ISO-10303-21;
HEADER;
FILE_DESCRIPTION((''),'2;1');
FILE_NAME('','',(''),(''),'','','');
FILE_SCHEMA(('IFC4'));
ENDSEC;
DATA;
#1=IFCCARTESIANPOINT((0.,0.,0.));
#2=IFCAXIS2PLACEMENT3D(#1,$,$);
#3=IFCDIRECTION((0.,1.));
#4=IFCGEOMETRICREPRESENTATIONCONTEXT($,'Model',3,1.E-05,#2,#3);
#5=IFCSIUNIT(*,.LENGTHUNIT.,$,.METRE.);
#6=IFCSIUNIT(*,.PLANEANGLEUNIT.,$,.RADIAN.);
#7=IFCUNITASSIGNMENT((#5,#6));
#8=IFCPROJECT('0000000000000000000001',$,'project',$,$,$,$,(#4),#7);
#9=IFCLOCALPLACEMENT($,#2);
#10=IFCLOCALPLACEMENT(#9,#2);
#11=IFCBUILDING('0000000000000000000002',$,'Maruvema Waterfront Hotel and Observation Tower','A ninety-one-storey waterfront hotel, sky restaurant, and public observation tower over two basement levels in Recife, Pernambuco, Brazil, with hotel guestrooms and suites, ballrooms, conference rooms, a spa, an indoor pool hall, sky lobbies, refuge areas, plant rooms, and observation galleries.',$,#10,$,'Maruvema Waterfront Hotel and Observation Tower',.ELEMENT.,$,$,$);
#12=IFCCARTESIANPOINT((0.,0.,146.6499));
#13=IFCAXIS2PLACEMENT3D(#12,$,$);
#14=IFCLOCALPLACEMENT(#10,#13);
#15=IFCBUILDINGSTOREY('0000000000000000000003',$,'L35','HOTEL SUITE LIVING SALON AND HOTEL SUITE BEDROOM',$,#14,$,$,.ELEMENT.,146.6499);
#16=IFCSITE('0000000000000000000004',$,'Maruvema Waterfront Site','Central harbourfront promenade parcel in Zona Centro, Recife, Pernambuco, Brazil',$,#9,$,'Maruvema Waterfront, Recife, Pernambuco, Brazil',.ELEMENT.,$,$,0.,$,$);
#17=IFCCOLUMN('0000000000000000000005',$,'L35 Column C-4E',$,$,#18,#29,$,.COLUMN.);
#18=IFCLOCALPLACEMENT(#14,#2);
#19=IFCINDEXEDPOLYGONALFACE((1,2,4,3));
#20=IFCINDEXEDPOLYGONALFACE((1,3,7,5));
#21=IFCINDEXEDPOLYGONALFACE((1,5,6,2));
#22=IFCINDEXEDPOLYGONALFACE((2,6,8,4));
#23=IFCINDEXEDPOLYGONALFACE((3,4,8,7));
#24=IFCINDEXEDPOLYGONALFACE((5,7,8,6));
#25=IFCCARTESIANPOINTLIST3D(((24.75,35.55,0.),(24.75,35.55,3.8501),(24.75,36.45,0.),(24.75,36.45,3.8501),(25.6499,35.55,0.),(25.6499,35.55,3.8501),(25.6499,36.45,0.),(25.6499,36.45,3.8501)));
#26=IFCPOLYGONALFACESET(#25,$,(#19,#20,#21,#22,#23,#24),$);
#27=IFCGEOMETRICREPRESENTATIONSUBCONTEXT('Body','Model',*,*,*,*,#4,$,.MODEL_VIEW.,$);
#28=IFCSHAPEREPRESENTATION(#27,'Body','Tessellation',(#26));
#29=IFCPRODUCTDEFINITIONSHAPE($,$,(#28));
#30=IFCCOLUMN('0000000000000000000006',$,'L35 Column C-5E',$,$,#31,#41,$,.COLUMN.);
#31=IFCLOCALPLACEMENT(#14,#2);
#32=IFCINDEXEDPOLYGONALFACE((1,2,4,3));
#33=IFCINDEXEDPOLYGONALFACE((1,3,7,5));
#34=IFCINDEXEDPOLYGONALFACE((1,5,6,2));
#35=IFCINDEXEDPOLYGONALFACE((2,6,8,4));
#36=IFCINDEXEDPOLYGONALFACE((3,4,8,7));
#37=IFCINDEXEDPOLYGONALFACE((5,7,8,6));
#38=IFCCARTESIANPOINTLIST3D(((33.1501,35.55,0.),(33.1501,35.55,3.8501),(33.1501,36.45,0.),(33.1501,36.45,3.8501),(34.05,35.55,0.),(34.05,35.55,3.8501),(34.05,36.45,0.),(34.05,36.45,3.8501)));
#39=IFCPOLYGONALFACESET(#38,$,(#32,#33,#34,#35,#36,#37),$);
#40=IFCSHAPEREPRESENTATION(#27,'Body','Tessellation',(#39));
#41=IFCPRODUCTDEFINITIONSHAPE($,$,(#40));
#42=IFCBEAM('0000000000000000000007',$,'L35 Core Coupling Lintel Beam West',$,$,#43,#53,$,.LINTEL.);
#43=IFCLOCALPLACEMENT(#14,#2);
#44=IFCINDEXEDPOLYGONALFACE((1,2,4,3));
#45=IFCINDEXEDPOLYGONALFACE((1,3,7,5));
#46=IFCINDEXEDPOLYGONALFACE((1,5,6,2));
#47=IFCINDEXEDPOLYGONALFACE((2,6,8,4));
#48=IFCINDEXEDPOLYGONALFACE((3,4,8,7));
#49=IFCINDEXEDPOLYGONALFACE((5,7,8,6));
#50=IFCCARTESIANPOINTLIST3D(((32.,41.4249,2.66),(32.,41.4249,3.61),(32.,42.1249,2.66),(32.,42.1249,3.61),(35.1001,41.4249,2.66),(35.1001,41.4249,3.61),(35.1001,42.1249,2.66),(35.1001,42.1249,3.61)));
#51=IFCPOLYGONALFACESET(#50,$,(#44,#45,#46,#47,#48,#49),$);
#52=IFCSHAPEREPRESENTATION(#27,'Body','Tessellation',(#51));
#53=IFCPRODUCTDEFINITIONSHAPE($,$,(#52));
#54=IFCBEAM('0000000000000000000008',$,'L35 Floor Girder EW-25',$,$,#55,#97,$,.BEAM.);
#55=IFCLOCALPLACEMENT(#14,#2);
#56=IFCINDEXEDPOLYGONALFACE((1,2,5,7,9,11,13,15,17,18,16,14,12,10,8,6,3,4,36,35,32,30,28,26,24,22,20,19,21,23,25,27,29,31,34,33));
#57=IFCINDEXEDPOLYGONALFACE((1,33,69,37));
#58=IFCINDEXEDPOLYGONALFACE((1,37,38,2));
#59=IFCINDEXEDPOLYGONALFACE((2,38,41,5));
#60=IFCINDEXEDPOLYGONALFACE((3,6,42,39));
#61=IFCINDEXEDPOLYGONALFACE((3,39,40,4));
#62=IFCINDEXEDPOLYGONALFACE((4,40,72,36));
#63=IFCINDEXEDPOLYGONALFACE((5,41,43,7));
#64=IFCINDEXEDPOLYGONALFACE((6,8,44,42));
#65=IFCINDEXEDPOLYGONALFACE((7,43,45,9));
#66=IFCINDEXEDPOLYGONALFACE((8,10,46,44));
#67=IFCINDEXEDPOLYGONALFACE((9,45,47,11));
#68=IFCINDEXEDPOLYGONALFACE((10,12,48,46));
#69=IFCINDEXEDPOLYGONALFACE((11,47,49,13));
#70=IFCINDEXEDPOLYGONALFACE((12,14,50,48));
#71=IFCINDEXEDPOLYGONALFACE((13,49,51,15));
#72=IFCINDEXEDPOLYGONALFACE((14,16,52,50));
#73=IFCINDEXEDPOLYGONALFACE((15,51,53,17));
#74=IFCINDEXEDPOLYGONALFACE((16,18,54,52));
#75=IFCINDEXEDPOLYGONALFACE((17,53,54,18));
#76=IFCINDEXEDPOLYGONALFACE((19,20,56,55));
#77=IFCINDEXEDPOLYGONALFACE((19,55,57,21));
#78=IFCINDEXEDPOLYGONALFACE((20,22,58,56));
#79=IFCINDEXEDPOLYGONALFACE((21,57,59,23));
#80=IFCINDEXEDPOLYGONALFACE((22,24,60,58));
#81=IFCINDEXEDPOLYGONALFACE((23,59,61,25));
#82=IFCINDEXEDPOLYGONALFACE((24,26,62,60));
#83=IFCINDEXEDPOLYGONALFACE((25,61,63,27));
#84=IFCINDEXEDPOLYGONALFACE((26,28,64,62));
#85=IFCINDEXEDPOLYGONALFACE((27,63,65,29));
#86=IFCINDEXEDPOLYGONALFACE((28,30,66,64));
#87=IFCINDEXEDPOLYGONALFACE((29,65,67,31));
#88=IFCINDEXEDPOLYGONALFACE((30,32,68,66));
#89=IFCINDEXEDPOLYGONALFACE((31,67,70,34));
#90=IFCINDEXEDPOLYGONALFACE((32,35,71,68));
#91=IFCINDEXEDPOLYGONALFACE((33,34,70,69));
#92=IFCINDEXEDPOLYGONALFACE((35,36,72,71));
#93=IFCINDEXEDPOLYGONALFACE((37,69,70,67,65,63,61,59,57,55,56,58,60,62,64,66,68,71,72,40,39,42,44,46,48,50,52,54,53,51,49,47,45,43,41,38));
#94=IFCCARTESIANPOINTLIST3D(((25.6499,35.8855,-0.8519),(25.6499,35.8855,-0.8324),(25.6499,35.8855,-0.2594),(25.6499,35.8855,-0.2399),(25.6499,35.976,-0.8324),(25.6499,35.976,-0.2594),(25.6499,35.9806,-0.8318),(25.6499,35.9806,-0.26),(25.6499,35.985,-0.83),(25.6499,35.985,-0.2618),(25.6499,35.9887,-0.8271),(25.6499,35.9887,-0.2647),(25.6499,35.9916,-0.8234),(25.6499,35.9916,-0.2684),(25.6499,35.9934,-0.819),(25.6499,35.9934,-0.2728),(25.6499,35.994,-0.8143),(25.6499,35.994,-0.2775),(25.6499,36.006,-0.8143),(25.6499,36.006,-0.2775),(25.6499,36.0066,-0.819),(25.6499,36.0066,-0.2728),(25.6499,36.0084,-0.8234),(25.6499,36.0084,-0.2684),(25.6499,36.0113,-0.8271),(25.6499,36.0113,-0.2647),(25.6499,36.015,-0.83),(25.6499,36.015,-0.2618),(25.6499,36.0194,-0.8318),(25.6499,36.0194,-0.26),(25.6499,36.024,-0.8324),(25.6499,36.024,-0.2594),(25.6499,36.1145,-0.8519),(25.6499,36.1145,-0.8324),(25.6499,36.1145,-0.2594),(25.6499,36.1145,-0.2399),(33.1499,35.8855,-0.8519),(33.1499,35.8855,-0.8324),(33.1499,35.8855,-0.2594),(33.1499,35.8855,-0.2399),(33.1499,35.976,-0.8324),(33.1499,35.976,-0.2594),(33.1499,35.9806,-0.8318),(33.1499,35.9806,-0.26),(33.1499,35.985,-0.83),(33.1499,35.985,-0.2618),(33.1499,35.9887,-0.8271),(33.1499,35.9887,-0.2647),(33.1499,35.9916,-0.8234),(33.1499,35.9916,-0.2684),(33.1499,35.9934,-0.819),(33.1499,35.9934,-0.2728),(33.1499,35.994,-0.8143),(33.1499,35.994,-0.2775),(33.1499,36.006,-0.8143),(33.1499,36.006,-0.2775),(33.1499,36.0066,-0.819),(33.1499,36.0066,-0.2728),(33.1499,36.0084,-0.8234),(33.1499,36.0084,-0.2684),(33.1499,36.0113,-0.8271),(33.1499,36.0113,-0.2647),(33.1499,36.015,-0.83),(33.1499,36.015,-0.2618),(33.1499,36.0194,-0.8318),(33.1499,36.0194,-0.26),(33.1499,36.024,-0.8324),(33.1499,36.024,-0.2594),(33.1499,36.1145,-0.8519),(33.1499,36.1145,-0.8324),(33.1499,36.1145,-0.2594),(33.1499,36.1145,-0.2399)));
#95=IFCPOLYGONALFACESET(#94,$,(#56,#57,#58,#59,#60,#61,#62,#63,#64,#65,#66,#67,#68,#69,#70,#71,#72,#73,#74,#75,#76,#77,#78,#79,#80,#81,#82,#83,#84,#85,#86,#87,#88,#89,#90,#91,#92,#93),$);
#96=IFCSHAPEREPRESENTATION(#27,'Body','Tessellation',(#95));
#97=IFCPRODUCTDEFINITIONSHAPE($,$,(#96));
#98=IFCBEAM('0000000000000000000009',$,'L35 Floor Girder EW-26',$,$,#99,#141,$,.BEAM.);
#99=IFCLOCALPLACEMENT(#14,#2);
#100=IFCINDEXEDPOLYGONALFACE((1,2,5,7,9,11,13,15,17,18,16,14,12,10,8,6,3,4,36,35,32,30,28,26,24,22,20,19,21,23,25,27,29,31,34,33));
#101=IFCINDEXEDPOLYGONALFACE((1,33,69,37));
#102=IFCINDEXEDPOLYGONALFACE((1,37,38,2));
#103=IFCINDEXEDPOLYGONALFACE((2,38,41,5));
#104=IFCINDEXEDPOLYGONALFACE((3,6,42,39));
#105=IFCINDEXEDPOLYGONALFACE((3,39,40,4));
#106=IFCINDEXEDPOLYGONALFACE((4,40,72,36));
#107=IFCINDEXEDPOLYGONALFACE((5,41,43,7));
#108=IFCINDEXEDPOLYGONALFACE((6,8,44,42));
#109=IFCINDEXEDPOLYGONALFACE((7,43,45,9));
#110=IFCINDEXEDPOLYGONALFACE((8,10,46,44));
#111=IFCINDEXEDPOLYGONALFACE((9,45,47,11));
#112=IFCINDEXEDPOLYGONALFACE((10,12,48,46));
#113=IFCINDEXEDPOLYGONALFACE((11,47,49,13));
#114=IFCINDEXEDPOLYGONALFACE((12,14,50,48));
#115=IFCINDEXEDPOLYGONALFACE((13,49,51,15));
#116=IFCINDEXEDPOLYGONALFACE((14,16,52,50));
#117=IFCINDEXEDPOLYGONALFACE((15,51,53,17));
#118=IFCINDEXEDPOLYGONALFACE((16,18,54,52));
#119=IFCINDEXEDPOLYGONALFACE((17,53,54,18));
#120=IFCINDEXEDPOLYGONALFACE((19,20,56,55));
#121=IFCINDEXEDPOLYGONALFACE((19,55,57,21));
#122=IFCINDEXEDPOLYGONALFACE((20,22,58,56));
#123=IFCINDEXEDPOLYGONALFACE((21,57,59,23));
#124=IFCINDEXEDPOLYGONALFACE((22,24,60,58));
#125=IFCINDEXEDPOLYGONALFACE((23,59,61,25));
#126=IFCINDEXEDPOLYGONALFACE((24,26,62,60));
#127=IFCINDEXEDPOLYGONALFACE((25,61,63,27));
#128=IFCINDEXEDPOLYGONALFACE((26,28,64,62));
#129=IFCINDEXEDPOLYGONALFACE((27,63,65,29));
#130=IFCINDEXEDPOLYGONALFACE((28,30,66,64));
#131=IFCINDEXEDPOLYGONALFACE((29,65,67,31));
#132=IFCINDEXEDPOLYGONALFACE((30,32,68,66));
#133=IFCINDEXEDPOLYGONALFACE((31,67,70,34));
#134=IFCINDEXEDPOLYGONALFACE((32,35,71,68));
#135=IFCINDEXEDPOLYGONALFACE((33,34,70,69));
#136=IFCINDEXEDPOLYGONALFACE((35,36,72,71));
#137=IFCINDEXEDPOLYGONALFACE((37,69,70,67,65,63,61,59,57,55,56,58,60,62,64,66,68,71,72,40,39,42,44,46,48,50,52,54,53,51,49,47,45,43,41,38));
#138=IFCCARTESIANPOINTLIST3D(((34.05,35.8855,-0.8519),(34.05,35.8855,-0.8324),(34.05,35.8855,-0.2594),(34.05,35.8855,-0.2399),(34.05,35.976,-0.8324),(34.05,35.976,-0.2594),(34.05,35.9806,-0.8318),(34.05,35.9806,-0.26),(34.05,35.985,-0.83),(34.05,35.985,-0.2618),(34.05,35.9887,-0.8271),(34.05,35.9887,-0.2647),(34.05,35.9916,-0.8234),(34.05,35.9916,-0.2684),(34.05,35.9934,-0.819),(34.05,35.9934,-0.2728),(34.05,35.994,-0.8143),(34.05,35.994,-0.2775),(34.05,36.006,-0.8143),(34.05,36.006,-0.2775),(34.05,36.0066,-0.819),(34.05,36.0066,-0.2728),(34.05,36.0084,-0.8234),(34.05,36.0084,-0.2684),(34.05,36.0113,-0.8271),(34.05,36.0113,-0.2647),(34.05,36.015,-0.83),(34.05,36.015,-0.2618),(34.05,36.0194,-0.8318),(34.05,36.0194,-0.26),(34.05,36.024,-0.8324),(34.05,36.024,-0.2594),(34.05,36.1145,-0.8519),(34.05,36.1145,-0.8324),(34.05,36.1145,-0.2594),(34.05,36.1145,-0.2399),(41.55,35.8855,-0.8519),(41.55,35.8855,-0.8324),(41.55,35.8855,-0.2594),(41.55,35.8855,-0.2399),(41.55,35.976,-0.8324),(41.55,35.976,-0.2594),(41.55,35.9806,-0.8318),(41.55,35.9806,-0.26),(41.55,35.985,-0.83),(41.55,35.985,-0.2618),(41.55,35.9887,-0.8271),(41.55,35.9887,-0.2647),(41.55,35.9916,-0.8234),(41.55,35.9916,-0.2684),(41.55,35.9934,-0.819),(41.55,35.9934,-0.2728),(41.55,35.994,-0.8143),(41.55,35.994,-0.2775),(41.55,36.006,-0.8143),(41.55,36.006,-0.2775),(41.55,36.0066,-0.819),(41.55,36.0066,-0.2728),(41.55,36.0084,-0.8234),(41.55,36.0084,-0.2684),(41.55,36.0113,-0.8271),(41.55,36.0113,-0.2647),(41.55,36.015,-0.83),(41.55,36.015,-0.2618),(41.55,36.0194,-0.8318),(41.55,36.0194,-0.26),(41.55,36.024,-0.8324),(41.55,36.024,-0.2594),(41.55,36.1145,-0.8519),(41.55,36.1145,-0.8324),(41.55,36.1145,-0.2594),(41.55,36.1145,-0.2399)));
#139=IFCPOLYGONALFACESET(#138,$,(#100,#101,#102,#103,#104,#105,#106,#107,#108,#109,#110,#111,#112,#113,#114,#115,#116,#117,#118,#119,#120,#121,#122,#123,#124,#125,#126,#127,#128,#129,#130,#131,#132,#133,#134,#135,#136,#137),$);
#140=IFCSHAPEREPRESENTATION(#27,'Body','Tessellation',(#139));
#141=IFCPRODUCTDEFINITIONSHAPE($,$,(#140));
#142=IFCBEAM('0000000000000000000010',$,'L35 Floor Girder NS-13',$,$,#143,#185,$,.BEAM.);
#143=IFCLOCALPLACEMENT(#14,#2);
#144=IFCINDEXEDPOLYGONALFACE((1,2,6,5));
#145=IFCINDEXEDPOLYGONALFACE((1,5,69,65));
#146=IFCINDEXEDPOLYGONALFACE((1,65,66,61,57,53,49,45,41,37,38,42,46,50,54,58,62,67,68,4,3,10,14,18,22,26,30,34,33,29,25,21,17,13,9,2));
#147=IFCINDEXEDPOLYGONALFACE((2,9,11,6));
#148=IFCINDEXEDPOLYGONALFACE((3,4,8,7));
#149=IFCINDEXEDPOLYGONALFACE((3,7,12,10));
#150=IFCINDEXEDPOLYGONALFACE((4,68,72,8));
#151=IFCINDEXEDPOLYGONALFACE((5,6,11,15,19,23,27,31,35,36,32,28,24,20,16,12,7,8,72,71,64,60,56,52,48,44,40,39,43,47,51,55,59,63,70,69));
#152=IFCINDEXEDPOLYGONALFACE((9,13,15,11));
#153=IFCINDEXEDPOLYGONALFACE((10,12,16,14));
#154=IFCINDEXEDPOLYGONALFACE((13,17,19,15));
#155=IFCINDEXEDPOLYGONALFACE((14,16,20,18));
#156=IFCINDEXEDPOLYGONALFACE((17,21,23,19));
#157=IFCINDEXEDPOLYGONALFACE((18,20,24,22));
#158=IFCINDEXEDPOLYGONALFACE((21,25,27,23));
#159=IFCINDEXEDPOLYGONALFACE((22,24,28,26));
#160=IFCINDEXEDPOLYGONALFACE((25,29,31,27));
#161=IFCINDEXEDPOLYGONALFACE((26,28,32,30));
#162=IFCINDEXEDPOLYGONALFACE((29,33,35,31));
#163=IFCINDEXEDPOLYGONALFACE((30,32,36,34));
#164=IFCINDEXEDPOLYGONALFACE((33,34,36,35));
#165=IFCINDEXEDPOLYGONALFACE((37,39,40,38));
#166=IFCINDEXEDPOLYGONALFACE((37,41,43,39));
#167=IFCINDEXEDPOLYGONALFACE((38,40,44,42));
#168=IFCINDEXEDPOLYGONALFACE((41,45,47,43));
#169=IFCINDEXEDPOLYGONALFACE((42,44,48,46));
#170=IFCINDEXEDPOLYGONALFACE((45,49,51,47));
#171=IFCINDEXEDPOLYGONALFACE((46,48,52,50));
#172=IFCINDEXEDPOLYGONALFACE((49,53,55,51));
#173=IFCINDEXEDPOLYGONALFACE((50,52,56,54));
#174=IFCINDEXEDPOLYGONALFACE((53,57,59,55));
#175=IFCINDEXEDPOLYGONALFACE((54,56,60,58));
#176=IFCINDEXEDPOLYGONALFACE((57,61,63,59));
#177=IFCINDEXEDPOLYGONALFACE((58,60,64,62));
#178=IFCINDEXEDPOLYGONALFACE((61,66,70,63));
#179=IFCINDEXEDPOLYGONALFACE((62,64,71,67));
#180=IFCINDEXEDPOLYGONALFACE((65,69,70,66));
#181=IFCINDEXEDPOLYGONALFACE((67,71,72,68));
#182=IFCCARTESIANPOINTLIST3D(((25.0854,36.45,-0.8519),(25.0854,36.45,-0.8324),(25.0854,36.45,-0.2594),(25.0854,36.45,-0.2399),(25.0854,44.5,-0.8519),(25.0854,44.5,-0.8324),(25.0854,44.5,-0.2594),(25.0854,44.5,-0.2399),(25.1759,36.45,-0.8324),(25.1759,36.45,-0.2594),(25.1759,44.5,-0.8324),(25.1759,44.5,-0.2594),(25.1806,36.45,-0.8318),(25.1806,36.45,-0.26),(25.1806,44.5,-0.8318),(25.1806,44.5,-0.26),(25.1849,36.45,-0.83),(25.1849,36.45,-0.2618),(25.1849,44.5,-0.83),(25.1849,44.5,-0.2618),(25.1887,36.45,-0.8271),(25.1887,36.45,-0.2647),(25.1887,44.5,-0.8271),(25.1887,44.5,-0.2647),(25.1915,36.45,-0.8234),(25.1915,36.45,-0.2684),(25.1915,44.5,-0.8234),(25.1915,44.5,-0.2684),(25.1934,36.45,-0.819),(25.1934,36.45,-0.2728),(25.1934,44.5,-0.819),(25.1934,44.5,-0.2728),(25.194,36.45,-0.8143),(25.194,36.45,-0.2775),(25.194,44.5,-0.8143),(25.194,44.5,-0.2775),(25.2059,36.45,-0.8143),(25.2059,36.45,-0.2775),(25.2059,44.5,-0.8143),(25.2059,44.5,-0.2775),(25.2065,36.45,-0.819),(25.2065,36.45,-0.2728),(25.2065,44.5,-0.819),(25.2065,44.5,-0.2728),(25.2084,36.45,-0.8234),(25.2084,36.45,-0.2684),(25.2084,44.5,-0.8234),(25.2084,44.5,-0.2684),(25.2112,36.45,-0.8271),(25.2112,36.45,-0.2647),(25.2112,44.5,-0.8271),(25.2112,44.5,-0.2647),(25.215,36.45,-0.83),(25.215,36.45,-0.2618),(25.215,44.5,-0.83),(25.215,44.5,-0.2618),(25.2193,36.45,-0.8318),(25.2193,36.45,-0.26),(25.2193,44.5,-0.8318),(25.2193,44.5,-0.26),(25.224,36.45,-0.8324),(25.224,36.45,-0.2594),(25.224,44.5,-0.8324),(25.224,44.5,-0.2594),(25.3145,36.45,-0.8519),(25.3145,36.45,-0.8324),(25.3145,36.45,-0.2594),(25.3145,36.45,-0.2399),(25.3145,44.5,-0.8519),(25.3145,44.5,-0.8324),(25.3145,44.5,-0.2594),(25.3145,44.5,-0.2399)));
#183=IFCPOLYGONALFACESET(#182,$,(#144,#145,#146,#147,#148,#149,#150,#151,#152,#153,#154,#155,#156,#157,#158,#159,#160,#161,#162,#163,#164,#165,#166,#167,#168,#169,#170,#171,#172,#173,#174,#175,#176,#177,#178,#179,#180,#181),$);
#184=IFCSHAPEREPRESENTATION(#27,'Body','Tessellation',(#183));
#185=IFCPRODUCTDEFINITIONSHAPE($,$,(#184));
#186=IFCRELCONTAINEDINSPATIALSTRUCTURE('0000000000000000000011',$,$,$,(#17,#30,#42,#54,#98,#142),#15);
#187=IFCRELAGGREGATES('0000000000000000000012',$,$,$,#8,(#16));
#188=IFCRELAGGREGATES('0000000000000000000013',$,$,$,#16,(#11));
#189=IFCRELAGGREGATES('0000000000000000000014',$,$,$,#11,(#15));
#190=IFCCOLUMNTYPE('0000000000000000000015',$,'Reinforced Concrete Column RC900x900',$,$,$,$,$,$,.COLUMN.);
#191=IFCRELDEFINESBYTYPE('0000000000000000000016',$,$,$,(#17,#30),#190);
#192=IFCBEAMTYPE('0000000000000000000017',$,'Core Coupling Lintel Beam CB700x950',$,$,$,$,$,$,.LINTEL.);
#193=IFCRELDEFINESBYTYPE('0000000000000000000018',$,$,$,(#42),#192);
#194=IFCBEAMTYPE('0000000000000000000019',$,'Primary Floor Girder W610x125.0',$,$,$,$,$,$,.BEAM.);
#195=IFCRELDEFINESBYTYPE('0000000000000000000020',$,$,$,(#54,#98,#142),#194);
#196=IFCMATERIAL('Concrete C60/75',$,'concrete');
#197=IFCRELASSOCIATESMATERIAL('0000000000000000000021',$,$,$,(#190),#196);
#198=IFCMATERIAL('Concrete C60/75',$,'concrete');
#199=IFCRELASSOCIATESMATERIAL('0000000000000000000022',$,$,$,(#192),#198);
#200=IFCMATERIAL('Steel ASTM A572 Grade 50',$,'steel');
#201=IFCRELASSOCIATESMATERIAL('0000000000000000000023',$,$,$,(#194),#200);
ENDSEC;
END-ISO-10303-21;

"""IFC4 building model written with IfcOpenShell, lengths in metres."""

from ifc_helpers import new_model, si_unit, direction, frame, origin, origin_2d, place, context, subcontext, project, spatial, rectangle, i_section, extrude, material, material_profile, profile_set, type_object, element, save


model = new_model("IFC4")

# Units and contexts
model_context = context("Model", 3, precision=1e-05, world=origin(), true_north=direction((0.0, 1.0)))
body_context = subcontext(model_context, "Body", "Model", "MODEL_VIEW")
ifc_project = project(units=[si_unit("LENGTHUNIT", "METRE"), si_unit("PLANEANGLEUNIT", "RADIAN")], contexts=[model_context])

# Site, building, storey
site_placement = place(None, origin())
site = spatial("IfcSite", under=ifc_project, at=site_placement, Name="Maruvema Waterfront Site", Description="Central harbourfront promenade parcel in Zona Centro, Recife, Pernambuco, Brazil", LongName="Maruvema Waterfront, Recife, Pernambuco, Brazil", CompositionType="ELEMENT", RefElevation=0.0)
building_placement = place(site_placement, origin())
building = spatial("IfcBuilding", under=site, at=building_placement, Name="Maruvema Waterfront Hotel and Observation Tower", Description="A ninety-one-storey waterfront hotel, sky restaurant, and public observation tower over two basement levels in Recife, Pernambuco, Brazil, with hotel guestrooms and suites, ballrooms, conference rooms, a spa, an indoor pool hall, sky lobbies, refuge areas, plant rooms, and observation galleries.", LongName="Maruvema Waterfront Hotel and Observation Tower", CompositionType="ELEMENT")
storey_placement = place(building_placement, frame((0.0, 0.0, 146.6499)))
storey = spatial("IfcBuildingStorey", under=building, at=storey_placement, Name="L35", Description="HOTEL SUITE LIVING SALON AND HOTEL SUITE BEDROOM", CompositionType="ELEMENT", Elevation=146.6499)

# Columns
ifc_material_1 = material(Name="Concrete C60/75", Category="concrete")
ifc_material_profile_1 = material_profile(ifc_material_1, rectangle(XDim=0.8999, YDim=0.8999, at=origin_2d()), Name="RC900x900")
ifc_profile_set_1 = profile_set([ifc_material_profile_1], Name="Concrete C60/75")
column_type = type_object("IfcColumnType", Name="Reinforced Concrete Column RC900x900", PredefinedType="COLUMN", material=ifc_profile_set_1)
for number, where, z_axis, x_axis, name in (
    (1, (25.2, 36.0, 0.0), (0.0, 0.0, 1.0), (1.0, 0.0, 0.0), "L35 Column C-4E"),
    (2, (33.6001, 36.0, 0.0), (0.0, 0.0, 1.0), (1.0, 0.0, 0.0), "L35 Column C-5E"),
):
    element("IfcColumn", number, at=place(storey_placement, frame(where, z_axis=z_axis, x_axis=x_axis)), inside=storey, type_object=column_type, Name=name, PredefinedType="COLUMN", context=body_context, shape_type="SweptSolid", body=[
        extrude(rectangle(XDim=0.8999, YDim=0.8999, at=origin_2d()), origin(), (0.0, 0.0, 1.0), 3.8501),
    ])

# Beams
ifc_material_2 = material(Name="Concrete C60/75", Category="concrete")
ifc_material_profile_2 = material_profile(ifc_material_2, rectangle(XDim=0.7, YDim=0.95, at=origin_2d()), Name="CB700x950")
ifc_profile_set_2 = profile_set([ifc_material_profile_2], Name="Concrete C60/75")
beam_type_1 = type_object("IfcBeamType", Name="Core Coupling Lintel Beam CB700x950", PredefinedType="LINTEL", material=ifc_profile_set_2)
beam_1_placement = place(storey_placement, frame((32.0, 41.7749, 3.135), z_axis=(1.0, 0.0, 0.0), x_axis=(0.0, 1.0, 0.0)))
element("IfcBeam", 3, at=beam_1_placement, inside=storey, type_object=beam_type_1, Name="L35 Core Coupling Lintel Beam West", PredefinedType="LINTEL", context=body_context, shape_type="SweptSolid", body=[
    extrude(rectangle(XDim=0.7, YDim=0.95, at=origin_2d()), origin(), (0.0, 0.0, 1.0), 3.1001),
])
ifc_material_3 = material(Name="Steel ASTM A572 Grade 50", Category="steel")
ifc_material_profile_3 = material_profile(ifc_material_3, i_section(OverallWidth=0.229, OverallDepth=0.6121, WebThickness=0.012, FlangeThickness=0.0195, FilletRadius=0.0181, at=origin_2d()), Name="W610x125.0")
ifc_profile_set_3 = profile_set([ifc_material_profile_3], Name="Steel ASTM A572 Grade 50")
beam_type_2 = type_object("IfcBeamType", Name="Primary Floor Girder W610x125.0", PredefinedType="BEAM", material=ifc_profile_set_3)
for number, where, z_axis, x_axis, name in (
    (4, (25.6499, 36.0, -0.5459), (1.0, 0.0, 0.0), (0.0, 1.0, 0.0), "L35 Floor Girder EW-25"),
    (5, (34.05, 36.0, -0.5459), (1.0, 0.0, 0.0), (0.0, 1.0, 0.0), "L35 Floor Girder EW-26"),
):
    element("IfcBeam", number, at=place(storey_placement, frame(where, z_axis=z_axis, x_axis=x_axis)), inside=storey, type_object=beam_type_2, Name=name, PredefinedType="BEAM", context=body_context, shape_type="SweptSolid", body=[
        extrude(i_section(OverallWidth=0.229, OverallDepth=0.6121, WebThickness=0.012, FlangeThickness=0.0195, FilletRadius=0.0181, at=origin_2d()), origin(), (0.0, 0.0, 1.0), 7.5),
    ])
beam_2_placement = place(storey_placement, frame((25.2, 36.45, -0.5459), z_axis=(0.0, 1.0, 0.0), x_axis=(-1.0, 0.0, 0.0)))
element("IfcBeam", 6, at=beam_2_placement, inside=storey, type_object=beam_type_2, Name="L35 Floor Girder NS-13", PredefinedType="BEAM", context=body_context, shape_type="SweptSolid", body=[
    extrude(i_section(OverallWidth=0.229, OverallDepth=0.6121, WebThickness=0.012, FlangeThickness=0.0195, FilletRadius=0.0181, at=origin_2d()), origin(), (0.0, 0.0, 1.0), 8.05),
])

save(model, "model.ifc")
